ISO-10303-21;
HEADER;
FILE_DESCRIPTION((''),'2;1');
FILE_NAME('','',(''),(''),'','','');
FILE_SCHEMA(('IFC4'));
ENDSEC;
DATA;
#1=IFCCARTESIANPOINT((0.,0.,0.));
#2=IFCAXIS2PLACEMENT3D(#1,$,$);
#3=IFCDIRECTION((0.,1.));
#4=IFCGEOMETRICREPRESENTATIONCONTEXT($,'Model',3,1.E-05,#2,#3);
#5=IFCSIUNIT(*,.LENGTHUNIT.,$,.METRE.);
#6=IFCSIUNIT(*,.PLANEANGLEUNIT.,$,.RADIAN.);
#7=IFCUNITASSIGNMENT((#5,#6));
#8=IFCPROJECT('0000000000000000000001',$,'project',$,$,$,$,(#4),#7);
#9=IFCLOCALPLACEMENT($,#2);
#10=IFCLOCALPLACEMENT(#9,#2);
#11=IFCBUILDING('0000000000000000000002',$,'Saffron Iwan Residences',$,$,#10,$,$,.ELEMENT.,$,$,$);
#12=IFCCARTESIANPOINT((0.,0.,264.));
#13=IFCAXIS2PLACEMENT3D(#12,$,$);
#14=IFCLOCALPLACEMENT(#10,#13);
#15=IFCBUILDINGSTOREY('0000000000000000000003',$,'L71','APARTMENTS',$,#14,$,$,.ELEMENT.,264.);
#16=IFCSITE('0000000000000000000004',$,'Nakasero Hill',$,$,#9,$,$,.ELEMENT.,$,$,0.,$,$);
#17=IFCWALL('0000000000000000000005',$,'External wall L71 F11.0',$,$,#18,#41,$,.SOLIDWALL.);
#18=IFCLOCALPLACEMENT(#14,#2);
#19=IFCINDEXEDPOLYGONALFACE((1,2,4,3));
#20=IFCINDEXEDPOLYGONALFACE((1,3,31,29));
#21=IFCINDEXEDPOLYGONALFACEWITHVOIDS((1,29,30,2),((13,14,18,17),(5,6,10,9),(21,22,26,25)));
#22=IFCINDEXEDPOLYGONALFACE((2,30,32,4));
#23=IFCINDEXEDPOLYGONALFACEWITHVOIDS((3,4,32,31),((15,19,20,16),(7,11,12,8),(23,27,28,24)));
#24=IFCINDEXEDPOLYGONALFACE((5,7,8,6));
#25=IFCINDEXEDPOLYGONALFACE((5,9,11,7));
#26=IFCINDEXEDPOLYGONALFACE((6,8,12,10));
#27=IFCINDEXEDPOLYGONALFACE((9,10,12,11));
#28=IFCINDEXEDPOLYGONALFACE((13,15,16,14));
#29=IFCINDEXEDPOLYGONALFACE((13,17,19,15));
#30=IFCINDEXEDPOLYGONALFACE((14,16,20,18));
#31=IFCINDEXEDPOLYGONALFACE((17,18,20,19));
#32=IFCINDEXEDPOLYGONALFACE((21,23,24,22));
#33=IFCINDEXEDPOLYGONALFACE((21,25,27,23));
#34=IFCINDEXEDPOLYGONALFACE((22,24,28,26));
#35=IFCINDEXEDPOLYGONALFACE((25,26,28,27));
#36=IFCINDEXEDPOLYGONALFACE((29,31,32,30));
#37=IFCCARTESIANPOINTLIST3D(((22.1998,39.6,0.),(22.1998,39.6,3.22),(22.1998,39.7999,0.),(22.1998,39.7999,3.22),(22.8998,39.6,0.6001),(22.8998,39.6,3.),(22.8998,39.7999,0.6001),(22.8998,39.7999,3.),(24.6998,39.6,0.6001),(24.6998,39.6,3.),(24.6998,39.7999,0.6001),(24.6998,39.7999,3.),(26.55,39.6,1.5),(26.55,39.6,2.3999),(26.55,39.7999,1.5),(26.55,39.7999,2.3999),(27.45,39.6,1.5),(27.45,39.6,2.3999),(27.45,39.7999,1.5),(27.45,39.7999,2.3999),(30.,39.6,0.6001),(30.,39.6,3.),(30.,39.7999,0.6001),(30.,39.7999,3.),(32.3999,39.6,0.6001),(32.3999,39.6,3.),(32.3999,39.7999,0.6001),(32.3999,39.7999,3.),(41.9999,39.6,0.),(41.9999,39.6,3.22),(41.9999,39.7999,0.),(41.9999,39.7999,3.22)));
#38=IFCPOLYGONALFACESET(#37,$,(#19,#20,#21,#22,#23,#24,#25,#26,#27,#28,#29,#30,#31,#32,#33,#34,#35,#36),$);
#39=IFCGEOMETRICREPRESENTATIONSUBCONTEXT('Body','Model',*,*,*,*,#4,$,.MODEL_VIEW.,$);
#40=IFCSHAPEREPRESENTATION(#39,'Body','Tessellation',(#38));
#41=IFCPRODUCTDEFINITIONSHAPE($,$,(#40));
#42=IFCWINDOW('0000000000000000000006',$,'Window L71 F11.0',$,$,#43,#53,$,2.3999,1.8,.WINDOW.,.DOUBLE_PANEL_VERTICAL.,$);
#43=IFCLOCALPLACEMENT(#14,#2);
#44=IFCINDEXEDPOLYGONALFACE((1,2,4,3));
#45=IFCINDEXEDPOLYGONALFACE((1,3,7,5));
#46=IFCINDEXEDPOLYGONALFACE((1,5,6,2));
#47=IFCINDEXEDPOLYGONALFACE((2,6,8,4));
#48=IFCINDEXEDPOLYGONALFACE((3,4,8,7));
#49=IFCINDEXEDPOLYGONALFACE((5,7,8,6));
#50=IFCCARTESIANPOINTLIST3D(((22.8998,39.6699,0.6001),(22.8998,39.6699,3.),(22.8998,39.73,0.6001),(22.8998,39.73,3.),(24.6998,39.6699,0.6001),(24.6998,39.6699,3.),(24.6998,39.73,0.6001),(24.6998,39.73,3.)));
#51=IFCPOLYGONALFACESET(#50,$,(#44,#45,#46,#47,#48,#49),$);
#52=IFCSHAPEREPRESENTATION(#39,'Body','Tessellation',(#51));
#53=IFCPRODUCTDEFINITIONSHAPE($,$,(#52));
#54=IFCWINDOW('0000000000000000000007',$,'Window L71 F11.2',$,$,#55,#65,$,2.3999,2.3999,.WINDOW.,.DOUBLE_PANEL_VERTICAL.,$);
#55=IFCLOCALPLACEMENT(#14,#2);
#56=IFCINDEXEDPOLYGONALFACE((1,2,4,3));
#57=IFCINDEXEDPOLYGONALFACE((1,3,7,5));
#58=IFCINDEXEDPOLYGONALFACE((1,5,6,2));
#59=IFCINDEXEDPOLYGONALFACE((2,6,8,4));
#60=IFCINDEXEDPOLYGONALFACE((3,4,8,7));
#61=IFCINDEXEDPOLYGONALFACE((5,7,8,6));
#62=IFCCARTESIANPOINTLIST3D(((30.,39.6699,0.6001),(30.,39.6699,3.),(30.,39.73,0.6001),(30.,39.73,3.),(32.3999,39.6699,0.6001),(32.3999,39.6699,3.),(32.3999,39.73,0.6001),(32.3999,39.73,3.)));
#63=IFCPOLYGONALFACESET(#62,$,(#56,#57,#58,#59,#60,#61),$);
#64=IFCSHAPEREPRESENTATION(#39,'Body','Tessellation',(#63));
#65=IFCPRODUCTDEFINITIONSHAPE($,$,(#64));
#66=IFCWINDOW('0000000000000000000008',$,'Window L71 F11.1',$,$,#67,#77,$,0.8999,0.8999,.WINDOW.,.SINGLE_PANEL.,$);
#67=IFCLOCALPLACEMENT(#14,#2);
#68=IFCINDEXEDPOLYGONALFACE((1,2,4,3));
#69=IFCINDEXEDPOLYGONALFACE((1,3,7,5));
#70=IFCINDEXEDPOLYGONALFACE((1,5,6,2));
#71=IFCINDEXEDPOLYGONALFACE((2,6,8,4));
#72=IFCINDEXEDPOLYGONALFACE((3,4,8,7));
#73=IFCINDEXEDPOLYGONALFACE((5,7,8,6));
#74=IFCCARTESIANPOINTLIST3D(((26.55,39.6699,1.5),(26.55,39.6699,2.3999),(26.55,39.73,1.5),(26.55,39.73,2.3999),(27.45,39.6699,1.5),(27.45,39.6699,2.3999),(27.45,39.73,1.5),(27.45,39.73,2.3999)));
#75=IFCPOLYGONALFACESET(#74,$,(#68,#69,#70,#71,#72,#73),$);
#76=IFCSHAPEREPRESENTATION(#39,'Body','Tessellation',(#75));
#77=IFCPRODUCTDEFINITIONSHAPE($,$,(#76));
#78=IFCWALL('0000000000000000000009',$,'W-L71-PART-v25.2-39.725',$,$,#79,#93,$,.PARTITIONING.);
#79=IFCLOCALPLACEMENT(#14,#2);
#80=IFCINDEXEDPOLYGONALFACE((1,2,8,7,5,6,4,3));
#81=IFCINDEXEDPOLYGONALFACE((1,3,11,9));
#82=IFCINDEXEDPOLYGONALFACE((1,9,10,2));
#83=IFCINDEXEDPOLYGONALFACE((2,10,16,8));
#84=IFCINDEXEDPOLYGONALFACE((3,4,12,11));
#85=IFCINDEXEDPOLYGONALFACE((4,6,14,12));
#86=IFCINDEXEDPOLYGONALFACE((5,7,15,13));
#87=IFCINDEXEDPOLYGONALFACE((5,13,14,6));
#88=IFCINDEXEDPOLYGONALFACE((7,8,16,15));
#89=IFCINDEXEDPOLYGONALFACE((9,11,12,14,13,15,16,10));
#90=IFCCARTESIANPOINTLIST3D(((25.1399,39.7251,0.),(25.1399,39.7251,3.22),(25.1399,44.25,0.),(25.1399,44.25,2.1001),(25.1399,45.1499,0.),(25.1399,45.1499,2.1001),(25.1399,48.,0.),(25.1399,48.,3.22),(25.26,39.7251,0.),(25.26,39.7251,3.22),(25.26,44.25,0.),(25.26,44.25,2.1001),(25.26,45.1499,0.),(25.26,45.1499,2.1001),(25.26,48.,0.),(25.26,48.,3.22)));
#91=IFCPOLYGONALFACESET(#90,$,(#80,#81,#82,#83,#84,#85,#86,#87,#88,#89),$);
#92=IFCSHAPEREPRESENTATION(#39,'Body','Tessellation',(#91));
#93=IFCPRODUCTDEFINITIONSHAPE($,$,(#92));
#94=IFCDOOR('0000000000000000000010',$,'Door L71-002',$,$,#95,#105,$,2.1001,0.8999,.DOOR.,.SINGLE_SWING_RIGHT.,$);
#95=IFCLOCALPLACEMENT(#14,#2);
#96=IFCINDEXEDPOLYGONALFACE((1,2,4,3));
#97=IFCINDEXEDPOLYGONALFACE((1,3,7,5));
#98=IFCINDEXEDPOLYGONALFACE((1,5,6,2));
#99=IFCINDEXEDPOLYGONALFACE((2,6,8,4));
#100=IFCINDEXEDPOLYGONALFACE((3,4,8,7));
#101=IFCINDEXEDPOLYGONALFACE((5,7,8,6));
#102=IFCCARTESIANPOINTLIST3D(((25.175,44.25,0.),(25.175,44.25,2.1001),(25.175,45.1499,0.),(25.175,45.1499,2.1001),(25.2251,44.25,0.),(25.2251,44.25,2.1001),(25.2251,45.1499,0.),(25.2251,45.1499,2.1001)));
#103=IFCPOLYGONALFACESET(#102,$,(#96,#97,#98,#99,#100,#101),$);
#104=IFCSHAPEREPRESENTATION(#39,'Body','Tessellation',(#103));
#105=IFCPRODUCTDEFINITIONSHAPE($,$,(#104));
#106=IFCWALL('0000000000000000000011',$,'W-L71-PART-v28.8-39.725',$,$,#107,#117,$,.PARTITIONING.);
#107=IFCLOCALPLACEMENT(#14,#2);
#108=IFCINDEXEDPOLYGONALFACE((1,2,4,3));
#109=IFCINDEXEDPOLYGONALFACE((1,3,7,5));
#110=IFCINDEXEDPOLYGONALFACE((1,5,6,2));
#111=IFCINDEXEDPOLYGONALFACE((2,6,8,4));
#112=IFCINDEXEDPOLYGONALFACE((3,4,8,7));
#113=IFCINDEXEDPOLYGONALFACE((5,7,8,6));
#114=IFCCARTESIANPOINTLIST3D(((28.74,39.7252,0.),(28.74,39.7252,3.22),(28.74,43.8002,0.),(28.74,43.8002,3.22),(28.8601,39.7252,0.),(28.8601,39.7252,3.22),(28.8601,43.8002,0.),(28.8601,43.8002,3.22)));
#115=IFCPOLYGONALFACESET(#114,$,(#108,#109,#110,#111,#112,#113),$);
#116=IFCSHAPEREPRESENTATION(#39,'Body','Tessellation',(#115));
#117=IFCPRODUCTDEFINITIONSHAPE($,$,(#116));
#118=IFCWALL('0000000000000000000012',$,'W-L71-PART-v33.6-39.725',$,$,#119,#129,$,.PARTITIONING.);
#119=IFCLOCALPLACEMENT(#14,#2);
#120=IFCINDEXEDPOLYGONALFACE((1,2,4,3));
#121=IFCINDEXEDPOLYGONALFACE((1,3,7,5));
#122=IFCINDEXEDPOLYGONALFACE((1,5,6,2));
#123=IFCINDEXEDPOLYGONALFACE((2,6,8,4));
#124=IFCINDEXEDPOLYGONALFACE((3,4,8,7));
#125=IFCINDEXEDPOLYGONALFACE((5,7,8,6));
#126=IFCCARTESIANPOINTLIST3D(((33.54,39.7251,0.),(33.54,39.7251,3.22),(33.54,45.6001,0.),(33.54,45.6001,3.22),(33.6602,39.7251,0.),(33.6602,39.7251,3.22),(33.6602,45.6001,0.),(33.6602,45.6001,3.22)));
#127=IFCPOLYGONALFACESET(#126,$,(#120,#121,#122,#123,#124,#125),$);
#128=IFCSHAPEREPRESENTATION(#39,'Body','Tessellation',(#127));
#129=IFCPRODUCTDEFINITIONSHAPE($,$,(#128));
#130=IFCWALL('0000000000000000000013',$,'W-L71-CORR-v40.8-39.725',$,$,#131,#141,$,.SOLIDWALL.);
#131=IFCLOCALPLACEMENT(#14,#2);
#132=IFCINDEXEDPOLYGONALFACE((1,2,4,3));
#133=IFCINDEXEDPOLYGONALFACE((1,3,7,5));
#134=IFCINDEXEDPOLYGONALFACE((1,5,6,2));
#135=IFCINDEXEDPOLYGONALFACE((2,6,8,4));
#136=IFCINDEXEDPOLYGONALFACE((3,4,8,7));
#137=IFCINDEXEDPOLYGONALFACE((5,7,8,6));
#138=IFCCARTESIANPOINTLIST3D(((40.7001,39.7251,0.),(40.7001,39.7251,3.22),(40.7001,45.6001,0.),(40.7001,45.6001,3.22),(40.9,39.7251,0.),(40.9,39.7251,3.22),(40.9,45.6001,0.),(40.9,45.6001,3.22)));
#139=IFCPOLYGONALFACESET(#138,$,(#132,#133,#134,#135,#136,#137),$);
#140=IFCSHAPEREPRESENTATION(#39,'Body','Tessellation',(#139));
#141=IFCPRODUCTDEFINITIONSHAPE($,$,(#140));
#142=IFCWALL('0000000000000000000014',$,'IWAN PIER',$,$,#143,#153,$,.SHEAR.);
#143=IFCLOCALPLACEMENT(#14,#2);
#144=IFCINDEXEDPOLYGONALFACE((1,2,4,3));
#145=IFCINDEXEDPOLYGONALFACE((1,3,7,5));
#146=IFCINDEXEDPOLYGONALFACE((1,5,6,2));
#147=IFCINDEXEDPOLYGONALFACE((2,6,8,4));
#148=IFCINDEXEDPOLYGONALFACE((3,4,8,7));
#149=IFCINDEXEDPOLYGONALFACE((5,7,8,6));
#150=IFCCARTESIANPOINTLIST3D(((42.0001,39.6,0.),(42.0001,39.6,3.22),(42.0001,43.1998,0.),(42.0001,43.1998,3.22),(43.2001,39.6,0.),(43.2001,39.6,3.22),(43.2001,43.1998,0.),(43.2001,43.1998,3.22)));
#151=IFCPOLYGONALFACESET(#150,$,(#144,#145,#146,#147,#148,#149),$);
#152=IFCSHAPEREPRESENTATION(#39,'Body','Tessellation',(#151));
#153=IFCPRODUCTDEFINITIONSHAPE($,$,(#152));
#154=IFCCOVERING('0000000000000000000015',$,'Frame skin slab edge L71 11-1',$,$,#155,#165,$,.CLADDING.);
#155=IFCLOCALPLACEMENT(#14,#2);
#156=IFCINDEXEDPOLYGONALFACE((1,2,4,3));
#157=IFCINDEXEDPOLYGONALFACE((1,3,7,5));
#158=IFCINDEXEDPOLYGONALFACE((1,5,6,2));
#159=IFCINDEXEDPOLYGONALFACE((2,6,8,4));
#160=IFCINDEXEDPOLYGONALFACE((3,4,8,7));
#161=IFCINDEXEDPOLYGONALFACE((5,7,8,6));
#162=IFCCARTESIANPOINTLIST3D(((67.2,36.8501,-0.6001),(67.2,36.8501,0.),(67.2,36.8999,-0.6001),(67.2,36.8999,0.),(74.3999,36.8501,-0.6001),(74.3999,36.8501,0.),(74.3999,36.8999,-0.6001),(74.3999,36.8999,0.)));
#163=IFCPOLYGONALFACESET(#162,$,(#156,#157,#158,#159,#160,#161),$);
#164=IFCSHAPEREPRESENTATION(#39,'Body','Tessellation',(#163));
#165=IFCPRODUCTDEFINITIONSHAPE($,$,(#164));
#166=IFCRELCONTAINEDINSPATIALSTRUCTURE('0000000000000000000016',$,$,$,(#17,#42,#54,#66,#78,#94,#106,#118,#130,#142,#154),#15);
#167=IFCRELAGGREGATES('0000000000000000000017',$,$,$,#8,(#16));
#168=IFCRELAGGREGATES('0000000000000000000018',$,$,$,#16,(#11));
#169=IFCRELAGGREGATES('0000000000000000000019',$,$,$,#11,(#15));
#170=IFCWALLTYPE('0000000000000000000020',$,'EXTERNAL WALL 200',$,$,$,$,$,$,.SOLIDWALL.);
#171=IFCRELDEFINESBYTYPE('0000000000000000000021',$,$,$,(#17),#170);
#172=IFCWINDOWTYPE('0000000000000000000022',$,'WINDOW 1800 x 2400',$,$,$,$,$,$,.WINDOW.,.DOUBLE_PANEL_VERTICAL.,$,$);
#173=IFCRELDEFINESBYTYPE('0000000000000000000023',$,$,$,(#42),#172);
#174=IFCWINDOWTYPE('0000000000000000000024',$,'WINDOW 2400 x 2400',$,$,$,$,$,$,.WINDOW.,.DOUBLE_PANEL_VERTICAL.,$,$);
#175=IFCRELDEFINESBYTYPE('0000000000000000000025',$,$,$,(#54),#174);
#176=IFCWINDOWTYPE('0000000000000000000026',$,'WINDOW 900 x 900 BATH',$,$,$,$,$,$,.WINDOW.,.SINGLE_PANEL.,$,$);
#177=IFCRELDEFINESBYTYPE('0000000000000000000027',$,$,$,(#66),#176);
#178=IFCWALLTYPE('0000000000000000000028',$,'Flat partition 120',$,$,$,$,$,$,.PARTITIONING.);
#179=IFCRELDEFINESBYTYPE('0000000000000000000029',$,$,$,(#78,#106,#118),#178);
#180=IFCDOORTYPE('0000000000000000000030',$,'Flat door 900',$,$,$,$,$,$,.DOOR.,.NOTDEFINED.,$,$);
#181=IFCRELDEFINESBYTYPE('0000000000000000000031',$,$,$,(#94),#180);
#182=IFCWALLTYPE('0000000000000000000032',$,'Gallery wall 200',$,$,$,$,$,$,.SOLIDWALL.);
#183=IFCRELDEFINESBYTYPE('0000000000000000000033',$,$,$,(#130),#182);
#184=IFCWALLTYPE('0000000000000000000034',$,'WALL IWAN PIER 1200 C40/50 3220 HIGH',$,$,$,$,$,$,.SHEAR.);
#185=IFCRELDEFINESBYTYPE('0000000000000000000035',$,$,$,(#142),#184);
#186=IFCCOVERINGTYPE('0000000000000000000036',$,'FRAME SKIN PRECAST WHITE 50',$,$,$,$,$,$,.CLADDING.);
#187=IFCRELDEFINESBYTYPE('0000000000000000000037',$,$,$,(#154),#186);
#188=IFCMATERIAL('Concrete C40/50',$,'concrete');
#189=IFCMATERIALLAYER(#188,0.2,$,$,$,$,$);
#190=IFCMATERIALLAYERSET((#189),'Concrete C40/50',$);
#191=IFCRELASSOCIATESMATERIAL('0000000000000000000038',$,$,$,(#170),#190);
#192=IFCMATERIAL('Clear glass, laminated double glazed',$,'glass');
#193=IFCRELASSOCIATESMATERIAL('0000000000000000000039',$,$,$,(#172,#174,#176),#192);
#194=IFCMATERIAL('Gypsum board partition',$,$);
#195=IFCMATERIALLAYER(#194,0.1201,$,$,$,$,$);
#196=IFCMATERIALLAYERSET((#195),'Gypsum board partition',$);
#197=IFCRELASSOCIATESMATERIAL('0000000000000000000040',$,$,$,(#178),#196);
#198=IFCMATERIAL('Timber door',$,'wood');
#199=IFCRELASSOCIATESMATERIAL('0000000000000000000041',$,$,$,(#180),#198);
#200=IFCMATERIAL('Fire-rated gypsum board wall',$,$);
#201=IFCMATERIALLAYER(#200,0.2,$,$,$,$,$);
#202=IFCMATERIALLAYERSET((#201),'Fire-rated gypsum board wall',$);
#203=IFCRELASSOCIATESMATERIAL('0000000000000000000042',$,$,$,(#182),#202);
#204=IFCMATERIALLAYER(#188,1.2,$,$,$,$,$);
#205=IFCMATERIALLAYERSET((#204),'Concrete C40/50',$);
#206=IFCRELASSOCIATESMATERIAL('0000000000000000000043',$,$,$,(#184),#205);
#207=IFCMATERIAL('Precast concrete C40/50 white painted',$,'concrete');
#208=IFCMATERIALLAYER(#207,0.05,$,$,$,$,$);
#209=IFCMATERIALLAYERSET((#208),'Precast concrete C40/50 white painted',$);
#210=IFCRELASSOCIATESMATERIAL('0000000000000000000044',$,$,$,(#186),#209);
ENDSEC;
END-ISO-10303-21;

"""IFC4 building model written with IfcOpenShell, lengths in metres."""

from ifc_helpers import new_model, si_unit, direction, frame, frame_2d, origin, place, context, subcontext, project, spatial, polyline, rectangle, outline, extrude, material, layer, layer_set, type_object, element, fill, save


model = new_model("IFC4")

# Units and contexts
model_context = context("Model", 3, precision=1e-05, world=origin(), true_north=direction((0.0, 1.0)))
body_context = subcontext(model_context, "Body", "Model", "MODEL_VIEW")
ifc_project = project(units=[si_unit("LENGTHUNIT", "METRE"), si_unit("PLANEANGLEUNIT", "RADIAN")], contexts=[model_context])

# Site, building, storey
site_placement = place(None, origin())
site = spatial("IfcSite", under=ifc_project, at=site_placement, Name="Nakasero Hill", CompositionType="ELEMENT", RefElevation=0.0)
building_placement = place(site_placement, origin())
building = spatial("IfcBuilding", under=site, at=building_placement, Name="Saffron Iwan Residences", CompositionType="ELEMENT")
storey_placement = place(building_placement, frame((0.0, 0.0, 264.0)))
storey = spatial("IfcBuildingStorey", under=building, at=storey_placement, Name="L71", Description="APARTMENTS", CompositionType="ELEMENT", Elevation=264.0)

# Shared definitions
ifc_material_1 = material(Name="Clear glass, laminated double glazed", Category="glass")

# Wall, openings, windows
ifc_material_2 = material(Name="Concrete C40/50", Category="concrete")
ifc_layer_1 = layer(ifc_material_2, 0.2)
ifc_layer_set_1 = layer_set([ifc_layer_1], Name="Concrete C40/50")
wall_type_1 = type_object("IfcWallType", Name="EXTERNAL WALL 200", PredefinedType="SOLIDWALL", material=ifc_layer_set_1)
wall_1_placement = place(storey_placement, frame((22.2, 39.7, 0.0), z_axis=(0.0, 0.0, 1.0), x_axis=(1.0, 0.0, 0.0)))
wall_1 = element("IfcWall", 1, at=wall_1_placement, inside=storey, type_object=wall_type_1, Name="External wall L71 F11.0", PredefinedType="SOLIDWALL", context=body_context, shape_type="SweptSolid", body=[
    extrude(rectangle(XDim=19.8, YDim=0.2, at=frame_2d((9.8999, 0.0))), origin(), (0.0, 0.0, 1.0), 3.22),
])
opening_1_placement = place(wall_1_placement, frame((0.7, 0.0, 0.6001)))
opening_1 = element("IfcOpeningElement", 2, at=opening_1_placement, cuts=wall_1, PredefinedType="OPENING", context=body_context, shape_type="SweptSolid", body=[
    extrude(rectangle(XDim=1.8, YDim=2.3999, at=frame_2d((0.8999, 1.2))), frame((0.0, 0.1099, 0.0), z_axis=(0.0, -1.0, 0.0), x_axis=(1.0, 0.0, 0.0)), (0.0, 0.0, 1.0), 0.22),
])
opening_2_placement = place(wall_1_placement, frame((4.3501, 0.0, 1.5)))
opening_2 = element("IfcOpeningElement", 3, at=opening_2_placement, cuts=wall_1, PredefinedType="OPENING", context=body_context, shape_type="SweptSolid", body=[
    extrude(rectangle(XDim=0.8999, YDim=0.8999, at=frame_2d((0.45, 0.45))), frame((0.0, 0.1099, 0.0), z_axis=(0.0, -1.0, 0.0), x_axis=(1.0, 0.0, 0.0)), (0.0, 0.0, 1.0), 0.22),
])
opening_3_placement = place(wall_1_placement, frame((7.8, 0.0, 0.6001)))
opening_3 = element("IfcOpeningElement", 4, at=opening_3_placement, cuts=wall_1, PredefinedType="OPENING", context=body_context, shape_type="SweptSolid", body=[
    extrude(rectangle(XDim=2.3999, YDim=2.3999, at=frame_2d((1.2, 1.2))), frame((0.0, 0.1099, 0.0), z_axis=(0.0, -1.0, 0.0), x_axis=(1.0, 0.0, 0.0)), (0.0, 0.0, 1.0), 0.22),
])
window_type_1 = type_object("IfcWindowType", Name="WINDOW 1800 x 2400", PartitioningType="DOUBLE_PANEL_VERTICAL", PredefinedType="WINDOW", material=ifc_material_1)
window_1_placement = place(opening_1_placement, origin())
window_1 = element("IfcWindow", 5, at=window_1_placement, inside=storey, type_object=window_type_1, Name="Window L71 F11.0", OverallHeight=2.3999, OverallWidth=1.8, PartitioningType="DOUBLE_PANEL_VERTICAL", PredefinedType="WINDOW", context=body_context, shape_type="SweptSolid", body=[
    extrude(rectangle(XDim=1.8, YDim=2.3999, at=frame_2d((0.8999, 1.2))), frame((0.0, 0.03, 0.0), z_axis=(0.0, -1.0, 0.0), x_axis=(1.0, 0.0, 0.0)), (0.0, 0.0, 1.0), 0.0601),
])
fill(opening_1, window_1)
window_type_2 = type_object("IfcWindowType", Name="WINDOW 2400 x 2400", PartitioningType="DOUBLE_PANEL_VERTICAL", PredefinedType="WINDOW", material=ifc_material_1)
window_2_placement = place(opening_3_placement, origin())
window_2 = element("IfcWindow", 6, at=window_2_placement, inside=storey, type_object=window_type_2, Name="Window L71 F11.2", OverallHeight=2.3999, OverallWidth=2.3999, PartitioningType="DOUBLE_PANEL_VERTICAL", PredefinedType="WINDOW", context=body_context, shape_type="SweptSolid", body=[
    extrude(rectangle(XDim=2.3999, YDim=2.3999, at=frame_2d((1.2, 1.2))), frame((0.0, 0.03, 0.0), z_axis=(0.0, -1.0, 0.0), x_axis=(1.0, 0.0, 0.0)), (0.0, 0.0, 1.0), 0.0601),
])
fill(opening_3, window_2)
window_type_3 = type_object("IfcWindowType", Name="WINDOW 900 x 900 BATH", PartitioningType="SINGLE_PANEL", PredefinedType="WINDOW", material=ifc_material_1)
window_3_placement = place(opening_2_placement, origin())
window_3 = element("IfcWindow", 7, at=window_3_placement, inside=storey, type_object=window_type_3, Name="Window L71 F11.1", OverallHeight=0.8999, OverallWidth=0.8999, PartitioningType="SINGLE_PANEL", PredefinedType="WINDOW", context=body_context, shape_type="SweptSolid", body=[
    extrude(rectangle(XDim=0.8999, YDim=0.8999, at=frame_2d((0.45, 0.45))), frame((0.0, 0.03, 0.0), z_axis=(0.0, -1.0, 0.0), x_axis=(1.0, 0.0, 0.0)), (0.0, 0.0, 1.0), 0.0601),
])
fill(opening_2, window_3)

# Wall, opening, door
ifc_material_3 = material(Name="Gypsum board partition")
ifc_layer_2 = layer(ifc_material_3, 0.1201)
ifc_layer_set_2 = layer_set([ifc_layer_2], Name="Gypsum board partition")
wall_type_2 = type_object("IfcWallType", Name="Flat partition 120", PredefinedType="PARTITIONING", material=ifc_layer_set_2)
wall_2_placement = place(storey_placement, frame((25.2, 39.7251, 0.0), z_axis=(0.0, 0.0, 1.0), x_axis=(0.0, 1.0, 0.0)))
wall_2 = element("IfcWall", 8, at=wall_2_placement, inside=storey, type_object=wall_type_2, Name="W-L71-PART-v25.2-39.725", PredefinedType="PARTITIONING", context=body_context, shape_type="SweptSolid", body=[
    extrude(rectangle(XDim=8.2749, YDim=0.1201, at=frame_2d((4.1375, 0.0))), origin(), (0.0, 0.0, 1.0), 3.22),
])
opening_4_placement = place(wall_2_placement, frame((4.5249, 0.0, 0.0)))
opening_4 = element("IfcOpeningElement", 9, at=opening_4_placement, cuts=wall_2, PredefinedType="OPENING", context=body_context, shape_type="SweptSolid", body=[
    extrude(rectangle(XDim=0.8999, YDim=2.1001, at=frame_2d((0.45, 1.05))), frame((0.0, 0.0701, 0.0), z_axis=(0.0, -1.0, 0.0), x_axis=(1.0, 0.0, 0.0)), (0.0, 0.0, 1.0), 0.1401),
])
ifc_material_4 = material(Name="Timber door", Category="wood")
door_type = type_object("IfcDoorType", Name="Flat door 900", OperationType="NOTDEFINED", PredefinedType="DOOR", material=ifc_material_4)
door_placement = place(opening_4_placement, origin())
door = element("IfcDoor", 10, at=door_placement, inside=storey, type_object=door_type, Name="Door L71-002", OperationType="SINGLE_SWING_RIGHT", OverallHeight=2.1001, OverallWidth=0.8999, PredefinedType="DOOR", context=body_context, shape_type="SweptSolid", body=[
    extrude(rectangle(XDim=0.8999, YDim=2.1001, at=frame_2d((0.45, 1.05))), frame((0.0, 0.0249, 0.0), z_axis=(0.0, -1.0, 0.0), x_axis=(1.0, 0.0, 0.0)), (0.0, 0.0, 1.0), 0.05),
])
fill(opening_4, door)

# Walls
wall_3_placement = place(storey_placement, frame((28.8, 39.7251, 0.0), z_axis=(0.0, 0.0, 1.0), x_axis=(0.0, 1.0, 0.0)))
element("IfcWall", 11, at=wall_3_placement, inside=storey, type_object=wall_type_2, Name="W-L71-PART-v28.8-39.725", PredefinedType="PARTITIONING", context=body_context, shape_type="SweptSolid", body=[
    extrude(rectangle(XDim=4.075, YDim=0.1201, at=frame_2d((2.0376, 0.0))), origin(), (0.0, 0.0, 1.0), 3.22),
])
wall_4_placement = place(storey_placement, frame((33.6001, 39.7251, 0.0), z_axis=(0.0, 0.0, 1.0), x_axis=(0.0, 1.0, 0.0)))
element("IfcWall", 12, at=wall_4_placement, inside=storey, type_object=wall_type_2, Name="W-L71-PART-v33.6-39.725", PredefinedType="PARTITIONING", context=body_context, shape_type="SweptSolid", body=[
    extrude(rectangle(XDim=5.875, YDim=0.1201, at=frame_2d((2.9375, 0.0))), origin(), (0.0, 0.0, 1.0), 3.22),
])
ifc_material_5 = material(Name="Fire-rated gypsum board wall")
ifc_layer_3 = layer(ifc_material_5, 0.2)
ifc_layer_set_3 = layer_set([ifc_layer_3], Name="Fire-rated gypsum board wall")
wall_type_3 = type_object("IfcWallType", Name="Gallery wall 200", PredefinedType="SOLIDWALL", material=ifc_layer_set_3)
wall_5_placement = place(storey_placement, frame((40.8, 39.7251, 0.0), z_axis=(0.0, 0.0, 1.0), x_axis=(0.0, 1.0, 0.0)))
element("IfcWall", 13, at=wall_5_placement, inside=storey, type_object=wall_type_3, Name="W-L71-CORR-v40.8-39.725", PredefinedType="SOLIDWALL", context=body_context, shape_type="SweptSolid", body=[
    extrude(rectangle(XDim=5.875, YDim=0.2, at=frame_2d((2.9375, 0.0))), origin(), (0.0, 0.0, 1.0), 3.22),
])
ifc_layer_4 = layer(ifc_material_2, 1.2)
ifc_layer_set_4 = layer_set([ifc_layer_4], Name="Concrete C40/50")
wall_type_4 = type_object("IfcWallType", Name="WALL IWAN PIER 1200 C40/50 3220 HIGH", PredefinedType="SHEAR", material=ifc_layer_set_4)
wall_6_placement = place(storey_placement, frame((42.6001, 39.6001, 0.0), z_axis=(0.0, 0.0, 1.0), x_axis=(0.0, 1.0, 0.0)))
element("IfcWall", 14, at=wall_6_placement, inside=storey, type_object=wall_type_4, Name="IWAN PIER", PredefinedType="SHEAR", context=body_context, shape_type="SweptSolid", body=[
    extrude(rectangle(XDim=3.5999, YDim=1.2, at=frame_2d((1.7998, 0.0))), origin(), (0.0, 0.0, 1.0), 3.22),
])

# Covering
ifc_material_6 = material(Name="Precast concrete C40/50 white painted", Category="concrete")
ifc_layer_5 = layer(ifc_material_6, 0.05)
ifc_layer_set_5 = layer_set([ifc_layer_5], Name="Precast concrete C40/50 white painted")
covering_type_1 = type_object("IfcCoveringType", Name="FRAME SKIN PRECAST WHITE 50", PredefinedType="CLADDING", material=ifc_layer_set_5)
for number, where, name in (
    (15, (0.0, 0.0, -0.6001), "Frame skin slab edge L71 11-1"),
):
    element("IfcCovering", number, at=place(storey_placement, frame(where)), inside=storey, type_object=covering_type_1, Name=name, PredefinedType="CLADDING", context=body_context, shape_type="SweptSolid", body=[
        extrude(outline(polyline([(67.2, 36.8501), (74.3999, 36.8501), (74.3999, 36.8999), (67.2, 36.8999), (67.2, 36.8501)])), origin(), (0.0, 0.0, 1.0), 0.6001),
    ])

save(model, "model.ifc")
